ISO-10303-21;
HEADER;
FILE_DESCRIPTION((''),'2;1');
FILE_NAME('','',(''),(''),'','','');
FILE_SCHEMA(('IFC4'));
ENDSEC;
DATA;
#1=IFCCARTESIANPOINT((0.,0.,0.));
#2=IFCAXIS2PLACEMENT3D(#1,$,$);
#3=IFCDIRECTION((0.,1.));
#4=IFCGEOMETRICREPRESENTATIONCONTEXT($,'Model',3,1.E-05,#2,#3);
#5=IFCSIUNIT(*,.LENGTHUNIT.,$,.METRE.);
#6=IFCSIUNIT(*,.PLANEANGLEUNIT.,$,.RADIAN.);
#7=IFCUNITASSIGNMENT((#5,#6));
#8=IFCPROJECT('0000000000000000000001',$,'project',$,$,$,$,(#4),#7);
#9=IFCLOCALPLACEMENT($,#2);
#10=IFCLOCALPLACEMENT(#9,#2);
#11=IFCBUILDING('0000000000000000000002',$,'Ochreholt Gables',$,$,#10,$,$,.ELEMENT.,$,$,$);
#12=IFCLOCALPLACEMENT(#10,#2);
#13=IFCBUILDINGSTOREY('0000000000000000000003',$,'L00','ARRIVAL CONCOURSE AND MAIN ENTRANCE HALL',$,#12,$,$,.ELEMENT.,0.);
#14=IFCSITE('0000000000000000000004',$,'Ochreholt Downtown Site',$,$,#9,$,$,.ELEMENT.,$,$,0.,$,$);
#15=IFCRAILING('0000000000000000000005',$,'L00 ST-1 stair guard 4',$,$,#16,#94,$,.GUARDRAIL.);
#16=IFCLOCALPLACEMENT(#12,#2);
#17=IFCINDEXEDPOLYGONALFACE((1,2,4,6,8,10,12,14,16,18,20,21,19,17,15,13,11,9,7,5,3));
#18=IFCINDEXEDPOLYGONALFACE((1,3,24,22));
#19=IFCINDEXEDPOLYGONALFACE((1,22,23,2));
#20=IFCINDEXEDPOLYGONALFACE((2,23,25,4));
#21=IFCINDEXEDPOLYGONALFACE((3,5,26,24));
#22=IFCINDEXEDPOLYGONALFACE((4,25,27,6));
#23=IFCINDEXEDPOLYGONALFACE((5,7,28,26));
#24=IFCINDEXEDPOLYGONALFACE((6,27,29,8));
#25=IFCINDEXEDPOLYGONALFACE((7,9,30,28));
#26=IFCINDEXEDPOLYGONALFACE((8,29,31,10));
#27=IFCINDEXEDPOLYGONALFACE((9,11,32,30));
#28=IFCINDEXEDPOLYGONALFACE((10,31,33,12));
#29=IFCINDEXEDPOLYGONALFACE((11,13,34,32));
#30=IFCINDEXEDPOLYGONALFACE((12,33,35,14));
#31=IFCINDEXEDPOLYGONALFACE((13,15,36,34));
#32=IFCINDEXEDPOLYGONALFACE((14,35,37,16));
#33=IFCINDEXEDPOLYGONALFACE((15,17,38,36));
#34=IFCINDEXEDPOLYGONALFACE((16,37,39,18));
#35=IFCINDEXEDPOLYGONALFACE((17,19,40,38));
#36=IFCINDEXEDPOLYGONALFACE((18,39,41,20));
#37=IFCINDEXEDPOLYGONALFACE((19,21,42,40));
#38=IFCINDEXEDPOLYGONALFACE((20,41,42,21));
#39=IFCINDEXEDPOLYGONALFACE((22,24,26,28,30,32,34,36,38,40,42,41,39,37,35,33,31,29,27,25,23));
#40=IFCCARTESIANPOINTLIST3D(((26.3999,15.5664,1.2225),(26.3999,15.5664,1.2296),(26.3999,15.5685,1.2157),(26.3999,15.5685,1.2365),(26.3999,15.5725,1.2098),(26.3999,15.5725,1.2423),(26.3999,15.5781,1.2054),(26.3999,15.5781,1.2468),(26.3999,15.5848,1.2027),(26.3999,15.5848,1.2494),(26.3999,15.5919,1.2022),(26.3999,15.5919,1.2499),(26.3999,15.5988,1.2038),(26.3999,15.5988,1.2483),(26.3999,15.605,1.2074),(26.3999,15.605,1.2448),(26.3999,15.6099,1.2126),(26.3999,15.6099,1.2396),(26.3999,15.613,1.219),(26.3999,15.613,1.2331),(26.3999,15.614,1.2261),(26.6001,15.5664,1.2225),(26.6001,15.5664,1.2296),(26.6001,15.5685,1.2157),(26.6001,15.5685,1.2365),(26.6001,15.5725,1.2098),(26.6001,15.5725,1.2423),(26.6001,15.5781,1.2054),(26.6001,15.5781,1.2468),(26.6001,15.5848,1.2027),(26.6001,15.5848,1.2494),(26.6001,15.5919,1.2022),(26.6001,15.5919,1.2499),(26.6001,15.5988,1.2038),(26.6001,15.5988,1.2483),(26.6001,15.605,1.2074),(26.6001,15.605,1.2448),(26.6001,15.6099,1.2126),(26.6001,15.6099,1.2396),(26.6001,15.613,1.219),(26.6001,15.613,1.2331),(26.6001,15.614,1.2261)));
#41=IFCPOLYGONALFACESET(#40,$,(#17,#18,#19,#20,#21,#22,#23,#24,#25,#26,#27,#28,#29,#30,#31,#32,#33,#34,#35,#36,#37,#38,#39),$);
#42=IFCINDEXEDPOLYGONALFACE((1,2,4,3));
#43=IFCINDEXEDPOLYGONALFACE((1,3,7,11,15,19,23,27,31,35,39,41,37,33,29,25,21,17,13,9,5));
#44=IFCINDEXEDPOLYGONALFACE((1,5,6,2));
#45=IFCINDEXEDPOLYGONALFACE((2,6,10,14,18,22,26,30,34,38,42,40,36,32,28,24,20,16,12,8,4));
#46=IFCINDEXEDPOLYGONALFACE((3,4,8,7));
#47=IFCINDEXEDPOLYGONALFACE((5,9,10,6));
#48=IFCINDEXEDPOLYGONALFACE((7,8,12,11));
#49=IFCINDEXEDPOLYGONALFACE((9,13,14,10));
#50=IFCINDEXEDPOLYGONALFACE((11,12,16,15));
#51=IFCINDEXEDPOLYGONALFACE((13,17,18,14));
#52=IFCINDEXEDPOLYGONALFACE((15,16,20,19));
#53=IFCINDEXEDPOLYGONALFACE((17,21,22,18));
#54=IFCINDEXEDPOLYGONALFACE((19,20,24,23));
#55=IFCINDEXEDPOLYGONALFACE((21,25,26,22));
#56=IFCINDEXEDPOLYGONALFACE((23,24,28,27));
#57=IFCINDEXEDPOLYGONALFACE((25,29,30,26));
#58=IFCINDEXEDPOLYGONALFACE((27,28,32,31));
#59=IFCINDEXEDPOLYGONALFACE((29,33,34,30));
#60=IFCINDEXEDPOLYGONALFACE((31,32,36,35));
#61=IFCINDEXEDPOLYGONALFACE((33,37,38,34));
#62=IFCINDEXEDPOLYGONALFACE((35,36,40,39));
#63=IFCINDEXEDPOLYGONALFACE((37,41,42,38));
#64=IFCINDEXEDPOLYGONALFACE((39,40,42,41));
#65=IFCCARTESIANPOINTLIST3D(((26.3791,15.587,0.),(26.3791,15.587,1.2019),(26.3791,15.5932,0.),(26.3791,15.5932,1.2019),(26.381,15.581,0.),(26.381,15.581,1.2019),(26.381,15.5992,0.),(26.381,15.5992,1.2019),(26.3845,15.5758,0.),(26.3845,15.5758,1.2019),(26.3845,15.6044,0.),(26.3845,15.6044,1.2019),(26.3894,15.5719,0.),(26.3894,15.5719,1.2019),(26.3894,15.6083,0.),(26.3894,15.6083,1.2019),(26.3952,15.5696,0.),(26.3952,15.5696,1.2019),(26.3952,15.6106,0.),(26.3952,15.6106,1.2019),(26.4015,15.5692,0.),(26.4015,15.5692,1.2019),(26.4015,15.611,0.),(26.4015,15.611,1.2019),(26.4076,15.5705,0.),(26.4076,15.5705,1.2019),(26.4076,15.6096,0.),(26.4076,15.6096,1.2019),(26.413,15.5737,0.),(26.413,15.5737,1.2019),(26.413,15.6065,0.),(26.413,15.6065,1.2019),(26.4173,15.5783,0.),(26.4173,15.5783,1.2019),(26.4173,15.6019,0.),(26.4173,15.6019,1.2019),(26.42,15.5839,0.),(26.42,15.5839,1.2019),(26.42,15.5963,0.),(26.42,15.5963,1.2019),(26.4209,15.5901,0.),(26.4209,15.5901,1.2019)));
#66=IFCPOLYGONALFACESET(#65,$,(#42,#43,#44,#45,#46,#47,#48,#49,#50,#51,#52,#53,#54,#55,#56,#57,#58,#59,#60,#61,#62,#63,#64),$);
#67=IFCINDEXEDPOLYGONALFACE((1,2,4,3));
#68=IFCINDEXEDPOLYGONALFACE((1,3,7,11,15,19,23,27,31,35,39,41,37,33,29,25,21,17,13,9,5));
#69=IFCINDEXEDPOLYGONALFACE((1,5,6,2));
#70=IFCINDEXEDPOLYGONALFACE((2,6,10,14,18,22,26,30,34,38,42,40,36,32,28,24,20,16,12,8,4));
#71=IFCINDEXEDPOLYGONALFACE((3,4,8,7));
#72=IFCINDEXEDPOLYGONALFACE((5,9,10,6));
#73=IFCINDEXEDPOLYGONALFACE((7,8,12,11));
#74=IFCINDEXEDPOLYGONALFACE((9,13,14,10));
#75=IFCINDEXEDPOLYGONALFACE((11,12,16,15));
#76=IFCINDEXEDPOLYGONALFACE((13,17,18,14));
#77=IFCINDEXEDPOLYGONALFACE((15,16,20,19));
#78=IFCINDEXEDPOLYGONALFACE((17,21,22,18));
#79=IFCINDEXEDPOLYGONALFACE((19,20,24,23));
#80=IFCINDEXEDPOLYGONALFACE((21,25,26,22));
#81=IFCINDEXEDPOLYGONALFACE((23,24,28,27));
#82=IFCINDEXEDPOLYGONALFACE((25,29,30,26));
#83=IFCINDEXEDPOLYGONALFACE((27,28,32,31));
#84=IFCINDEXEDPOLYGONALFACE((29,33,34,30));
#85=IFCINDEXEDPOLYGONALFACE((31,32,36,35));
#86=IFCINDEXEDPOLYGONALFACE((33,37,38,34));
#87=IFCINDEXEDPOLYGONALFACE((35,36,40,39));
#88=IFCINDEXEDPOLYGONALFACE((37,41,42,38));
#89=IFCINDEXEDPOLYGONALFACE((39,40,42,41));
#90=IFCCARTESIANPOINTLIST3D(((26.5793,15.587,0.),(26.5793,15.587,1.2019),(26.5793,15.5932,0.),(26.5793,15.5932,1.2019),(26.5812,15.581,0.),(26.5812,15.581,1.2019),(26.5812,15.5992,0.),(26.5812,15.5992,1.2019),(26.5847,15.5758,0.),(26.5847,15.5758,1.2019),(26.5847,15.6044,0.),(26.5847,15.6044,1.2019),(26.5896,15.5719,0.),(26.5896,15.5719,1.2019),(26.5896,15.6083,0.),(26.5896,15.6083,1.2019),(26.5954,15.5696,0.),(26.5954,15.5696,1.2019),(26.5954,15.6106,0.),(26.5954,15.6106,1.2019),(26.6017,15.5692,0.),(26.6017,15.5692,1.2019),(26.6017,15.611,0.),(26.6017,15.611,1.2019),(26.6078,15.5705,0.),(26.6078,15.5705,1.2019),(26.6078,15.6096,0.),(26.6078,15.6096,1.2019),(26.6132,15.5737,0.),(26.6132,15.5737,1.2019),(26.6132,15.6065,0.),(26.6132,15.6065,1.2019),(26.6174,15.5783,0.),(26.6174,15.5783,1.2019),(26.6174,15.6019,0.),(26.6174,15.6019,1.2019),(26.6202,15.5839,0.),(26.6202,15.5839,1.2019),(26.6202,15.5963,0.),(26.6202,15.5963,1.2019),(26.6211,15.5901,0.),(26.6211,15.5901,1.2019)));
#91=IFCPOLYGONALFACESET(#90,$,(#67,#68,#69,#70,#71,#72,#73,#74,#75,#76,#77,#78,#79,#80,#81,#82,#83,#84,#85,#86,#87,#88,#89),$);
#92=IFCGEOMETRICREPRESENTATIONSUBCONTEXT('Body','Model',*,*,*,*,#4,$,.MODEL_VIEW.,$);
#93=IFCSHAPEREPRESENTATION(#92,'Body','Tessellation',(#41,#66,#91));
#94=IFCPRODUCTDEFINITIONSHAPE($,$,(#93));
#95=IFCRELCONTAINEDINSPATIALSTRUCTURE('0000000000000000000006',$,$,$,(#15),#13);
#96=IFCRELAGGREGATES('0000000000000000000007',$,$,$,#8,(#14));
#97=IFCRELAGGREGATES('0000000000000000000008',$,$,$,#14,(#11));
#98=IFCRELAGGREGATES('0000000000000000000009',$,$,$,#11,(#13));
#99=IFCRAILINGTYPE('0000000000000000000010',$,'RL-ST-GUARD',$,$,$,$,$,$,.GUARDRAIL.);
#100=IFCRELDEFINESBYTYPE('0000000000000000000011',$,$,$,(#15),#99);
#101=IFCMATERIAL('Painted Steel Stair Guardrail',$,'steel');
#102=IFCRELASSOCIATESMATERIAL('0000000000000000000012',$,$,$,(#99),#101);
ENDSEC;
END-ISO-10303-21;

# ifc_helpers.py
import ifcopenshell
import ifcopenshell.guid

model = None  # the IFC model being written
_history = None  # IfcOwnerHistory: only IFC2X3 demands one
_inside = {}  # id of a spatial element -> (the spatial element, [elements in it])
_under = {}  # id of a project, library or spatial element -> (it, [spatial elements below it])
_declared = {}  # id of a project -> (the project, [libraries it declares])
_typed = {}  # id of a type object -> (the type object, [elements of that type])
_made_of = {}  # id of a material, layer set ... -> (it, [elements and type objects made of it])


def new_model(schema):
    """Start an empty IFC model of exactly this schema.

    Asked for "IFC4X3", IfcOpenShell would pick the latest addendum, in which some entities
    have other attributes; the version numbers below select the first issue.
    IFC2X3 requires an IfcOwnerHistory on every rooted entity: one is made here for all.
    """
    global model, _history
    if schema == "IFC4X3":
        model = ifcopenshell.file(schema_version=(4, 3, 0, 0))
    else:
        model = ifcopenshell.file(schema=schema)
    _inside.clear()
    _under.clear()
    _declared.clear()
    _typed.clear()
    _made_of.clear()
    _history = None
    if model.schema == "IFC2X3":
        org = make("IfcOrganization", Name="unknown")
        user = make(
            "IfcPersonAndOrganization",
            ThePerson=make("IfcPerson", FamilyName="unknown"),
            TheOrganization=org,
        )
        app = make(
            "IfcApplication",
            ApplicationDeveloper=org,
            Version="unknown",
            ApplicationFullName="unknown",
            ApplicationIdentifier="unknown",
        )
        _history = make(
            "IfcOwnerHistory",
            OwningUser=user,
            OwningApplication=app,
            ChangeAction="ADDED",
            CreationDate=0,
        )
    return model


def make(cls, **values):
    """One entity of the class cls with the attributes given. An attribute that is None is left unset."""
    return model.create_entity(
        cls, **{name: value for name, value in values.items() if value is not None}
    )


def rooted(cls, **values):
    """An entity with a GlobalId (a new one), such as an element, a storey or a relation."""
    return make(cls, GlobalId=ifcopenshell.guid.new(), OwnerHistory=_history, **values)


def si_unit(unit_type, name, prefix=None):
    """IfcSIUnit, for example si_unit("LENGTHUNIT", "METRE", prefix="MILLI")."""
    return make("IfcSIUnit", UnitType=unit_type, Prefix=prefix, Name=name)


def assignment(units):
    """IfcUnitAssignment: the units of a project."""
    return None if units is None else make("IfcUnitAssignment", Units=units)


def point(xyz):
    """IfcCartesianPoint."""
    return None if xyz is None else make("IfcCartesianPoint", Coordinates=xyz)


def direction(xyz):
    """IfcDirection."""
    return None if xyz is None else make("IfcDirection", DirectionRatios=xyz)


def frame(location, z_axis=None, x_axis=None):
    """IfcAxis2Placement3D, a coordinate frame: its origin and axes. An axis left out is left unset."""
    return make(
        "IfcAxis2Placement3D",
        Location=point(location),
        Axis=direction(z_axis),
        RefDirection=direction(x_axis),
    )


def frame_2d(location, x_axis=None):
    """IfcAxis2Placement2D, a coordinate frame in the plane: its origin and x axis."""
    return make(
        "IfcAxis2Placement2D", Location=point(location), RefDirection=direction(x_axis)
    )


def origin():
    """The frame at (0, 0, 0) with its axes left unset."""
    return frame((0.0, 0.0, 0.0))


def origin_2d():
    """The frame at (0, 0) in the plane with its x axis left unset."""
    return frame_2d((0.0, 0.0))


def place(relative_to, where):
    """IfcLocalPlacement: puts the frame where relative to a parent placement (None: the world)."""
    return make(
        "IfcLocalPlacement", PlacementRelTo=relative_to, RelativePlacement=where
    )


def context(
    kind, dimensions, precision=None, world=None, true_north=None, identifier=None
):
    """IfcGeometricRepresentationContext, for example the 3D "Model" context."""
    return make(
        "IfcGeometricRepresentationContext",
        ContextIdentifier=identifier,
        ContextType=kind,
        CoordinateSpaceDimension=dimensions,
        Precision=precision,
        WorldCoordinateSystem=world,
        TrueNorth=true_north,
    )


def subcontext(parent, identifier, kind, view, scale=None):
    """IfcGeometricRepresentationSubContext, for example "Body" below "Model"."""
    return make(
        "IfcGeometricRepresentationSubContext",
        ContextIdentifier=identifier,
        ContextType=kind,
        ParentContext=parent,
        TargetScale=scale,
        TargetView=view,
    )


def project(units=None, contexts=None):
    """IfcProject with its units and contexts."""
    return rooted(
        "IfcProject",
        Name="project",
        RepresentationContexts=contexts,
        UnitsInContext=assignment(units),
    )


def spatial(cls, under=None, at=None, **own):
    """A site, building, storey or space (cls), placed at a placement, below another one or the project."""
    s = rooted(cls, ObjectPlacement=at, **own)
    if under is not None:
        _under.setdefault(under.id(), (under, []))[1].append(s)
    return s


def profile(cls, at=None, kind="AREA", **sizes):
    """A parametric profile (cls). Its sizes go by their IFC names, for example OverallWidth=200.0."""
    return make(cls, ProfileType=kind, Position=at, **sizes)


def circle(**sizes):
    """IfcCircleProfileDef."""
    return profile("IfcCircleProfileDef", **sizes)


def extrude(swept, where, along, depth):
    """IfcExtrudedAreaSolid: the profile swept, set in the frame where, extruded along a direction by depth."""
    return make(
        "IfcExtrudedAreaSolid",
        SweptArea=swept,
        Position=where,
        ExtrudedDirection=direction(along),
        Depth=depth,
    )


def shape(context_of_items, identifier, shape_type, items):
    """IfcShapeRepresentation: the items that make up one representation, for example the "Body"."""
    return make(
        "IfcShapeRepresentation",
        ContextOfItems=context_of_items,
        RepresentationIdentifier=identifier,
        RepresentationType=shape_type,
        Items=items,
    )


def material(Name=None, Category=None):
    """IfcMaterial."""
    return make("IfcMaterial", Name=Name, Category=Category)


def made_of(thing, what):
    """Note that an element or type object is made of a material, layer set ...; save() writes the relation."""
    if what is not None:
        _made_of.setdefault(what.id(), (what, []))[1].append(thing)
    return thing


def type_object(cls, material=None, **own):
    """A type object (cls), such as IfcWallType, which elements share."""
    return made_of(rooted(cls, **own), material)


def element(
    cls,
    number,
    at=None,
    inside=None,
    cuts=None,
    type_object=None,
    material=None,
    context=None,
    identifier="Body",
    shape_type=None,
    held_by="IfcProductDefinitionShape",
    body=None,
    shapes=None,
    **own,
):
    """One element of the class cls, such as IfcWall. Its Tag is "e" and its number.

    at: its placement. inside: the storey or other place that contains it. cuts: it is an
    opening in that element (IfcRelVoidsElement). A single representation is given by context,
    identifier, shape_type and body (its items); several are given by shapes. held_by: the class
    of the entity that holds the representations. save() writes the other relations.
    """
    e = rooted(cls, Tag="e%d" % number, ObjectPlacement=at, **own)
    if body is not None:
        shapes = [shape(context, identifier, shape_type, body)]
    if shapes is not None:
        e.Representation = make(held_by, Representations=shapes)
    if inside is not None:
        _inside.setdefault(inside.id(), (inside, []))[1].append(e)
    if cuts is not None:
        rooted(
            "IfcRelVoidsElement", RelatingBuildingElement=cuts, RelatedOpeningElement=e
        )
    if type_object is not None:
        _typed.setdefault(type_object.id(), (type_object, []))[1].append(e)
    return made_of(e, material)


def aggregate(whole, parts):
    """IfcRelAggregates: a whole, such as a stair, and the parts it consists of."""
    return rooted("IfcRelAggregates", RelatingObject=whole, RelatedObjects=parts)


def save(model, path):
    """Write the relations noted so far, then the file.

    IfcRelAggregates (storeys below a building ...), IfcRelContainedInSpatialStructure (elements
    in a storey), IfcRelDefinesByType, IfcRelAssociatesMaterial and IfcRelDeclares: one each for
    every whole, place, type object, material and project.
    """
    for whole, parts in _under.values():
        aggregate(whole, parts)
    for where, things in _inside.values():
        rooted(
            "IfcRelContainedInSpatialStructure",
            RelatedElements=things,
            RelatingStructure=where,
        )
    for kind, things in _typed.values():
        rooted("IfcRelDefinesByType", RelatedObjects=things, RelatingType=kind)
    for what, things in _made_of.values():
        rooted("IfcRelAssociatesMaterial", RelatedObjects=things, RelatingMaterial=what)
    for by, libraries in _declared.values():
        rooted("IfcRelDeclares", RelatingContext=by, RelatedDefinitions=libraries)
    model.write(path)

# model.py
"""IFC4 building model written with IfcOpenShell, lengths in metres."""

from ifc_helpers import new_model, si_unit, direction, frame, origin, origin_2d, place, context, subcontext, project, spatial, circle, extrude, material, type_object, element, save


model = new_model("IFC4")

# Units and contexts
model_context = context("Model", 3, precision=1e-05, world=origin(), true_north=direction((0.0, 1.0)))
body_context = subcontext(model_context, "Body", "Model", "MODEL_VIEW")
ifc_project = project(units=[si_unit("LENGTHUNIT", "METRE"), si_unit("PLANEANGLEUNIT", "RADIAN")], contexts=[model_context])

# Site, building, storey
site_placement = place(None, origin())
site = spatial("IfcSite", under=ifc_project, at=site_placement, Name="Ochreholt Downtown Site", CompositionType="ELEMENT", RefElevation=0.0)
building_placement = place(site_placement, origin())
building = spatial("IfcBuilding", under=site, at=building_placement, Name="Ochreholt Gables", CompositionType="ELEMENT")
storey_placement = place(building_placement, origin())
storey = spatial("IfcBuildingStorey", under=building, at=storey_placement, Name="L00", Description="ARRIVAL CONCOURSE AND MAIN ENTRANCE HALL", CompositionType="ELEMENT", Elevation=0.0)

# Railing
ifc_material_1 = material(Name="Painted Steel Stair Guardrail", Category="steel")
railing_type_1 = type_object("IfcRailingType", Name="RL-ST-GUARD", PredefinedType="GUARDRAIL", material=ifc_material_1)
railing_1_placement = place(storey_placement, frame((26.3999, 15.5901, 0.0)))
element("IfcRailing", 1, at=railing_1_placement, inside=storey, type_object=railing_type_1, Name="L00 ST-1 stair guard 4", PredefinedType="GUARDRAIL", context=body_context, shape_type="SweptSolid", body=[
    extrude(circle(Radius=0.0239, at=origin_2d()), frame((0.0, 0.0, 1.2261), z_axis=(1.0, 0.0, 0.0), x_axis=(0.0, 1.0, 0.0)), (0.0, 0.0, 1.0), 0.2002),
    extrude(circle(Radius=0.021, at=origin_2d()), origin(), (0.0, 0.0, 1.0), 1.2019),
    extrude(circle(Radius=0.021, at=origin_2d()), frame((0.2002, 0.0, 0.0)), (0.0, 0.0, 1.0), 1.2019),
])

save(model, "model.ifc")
